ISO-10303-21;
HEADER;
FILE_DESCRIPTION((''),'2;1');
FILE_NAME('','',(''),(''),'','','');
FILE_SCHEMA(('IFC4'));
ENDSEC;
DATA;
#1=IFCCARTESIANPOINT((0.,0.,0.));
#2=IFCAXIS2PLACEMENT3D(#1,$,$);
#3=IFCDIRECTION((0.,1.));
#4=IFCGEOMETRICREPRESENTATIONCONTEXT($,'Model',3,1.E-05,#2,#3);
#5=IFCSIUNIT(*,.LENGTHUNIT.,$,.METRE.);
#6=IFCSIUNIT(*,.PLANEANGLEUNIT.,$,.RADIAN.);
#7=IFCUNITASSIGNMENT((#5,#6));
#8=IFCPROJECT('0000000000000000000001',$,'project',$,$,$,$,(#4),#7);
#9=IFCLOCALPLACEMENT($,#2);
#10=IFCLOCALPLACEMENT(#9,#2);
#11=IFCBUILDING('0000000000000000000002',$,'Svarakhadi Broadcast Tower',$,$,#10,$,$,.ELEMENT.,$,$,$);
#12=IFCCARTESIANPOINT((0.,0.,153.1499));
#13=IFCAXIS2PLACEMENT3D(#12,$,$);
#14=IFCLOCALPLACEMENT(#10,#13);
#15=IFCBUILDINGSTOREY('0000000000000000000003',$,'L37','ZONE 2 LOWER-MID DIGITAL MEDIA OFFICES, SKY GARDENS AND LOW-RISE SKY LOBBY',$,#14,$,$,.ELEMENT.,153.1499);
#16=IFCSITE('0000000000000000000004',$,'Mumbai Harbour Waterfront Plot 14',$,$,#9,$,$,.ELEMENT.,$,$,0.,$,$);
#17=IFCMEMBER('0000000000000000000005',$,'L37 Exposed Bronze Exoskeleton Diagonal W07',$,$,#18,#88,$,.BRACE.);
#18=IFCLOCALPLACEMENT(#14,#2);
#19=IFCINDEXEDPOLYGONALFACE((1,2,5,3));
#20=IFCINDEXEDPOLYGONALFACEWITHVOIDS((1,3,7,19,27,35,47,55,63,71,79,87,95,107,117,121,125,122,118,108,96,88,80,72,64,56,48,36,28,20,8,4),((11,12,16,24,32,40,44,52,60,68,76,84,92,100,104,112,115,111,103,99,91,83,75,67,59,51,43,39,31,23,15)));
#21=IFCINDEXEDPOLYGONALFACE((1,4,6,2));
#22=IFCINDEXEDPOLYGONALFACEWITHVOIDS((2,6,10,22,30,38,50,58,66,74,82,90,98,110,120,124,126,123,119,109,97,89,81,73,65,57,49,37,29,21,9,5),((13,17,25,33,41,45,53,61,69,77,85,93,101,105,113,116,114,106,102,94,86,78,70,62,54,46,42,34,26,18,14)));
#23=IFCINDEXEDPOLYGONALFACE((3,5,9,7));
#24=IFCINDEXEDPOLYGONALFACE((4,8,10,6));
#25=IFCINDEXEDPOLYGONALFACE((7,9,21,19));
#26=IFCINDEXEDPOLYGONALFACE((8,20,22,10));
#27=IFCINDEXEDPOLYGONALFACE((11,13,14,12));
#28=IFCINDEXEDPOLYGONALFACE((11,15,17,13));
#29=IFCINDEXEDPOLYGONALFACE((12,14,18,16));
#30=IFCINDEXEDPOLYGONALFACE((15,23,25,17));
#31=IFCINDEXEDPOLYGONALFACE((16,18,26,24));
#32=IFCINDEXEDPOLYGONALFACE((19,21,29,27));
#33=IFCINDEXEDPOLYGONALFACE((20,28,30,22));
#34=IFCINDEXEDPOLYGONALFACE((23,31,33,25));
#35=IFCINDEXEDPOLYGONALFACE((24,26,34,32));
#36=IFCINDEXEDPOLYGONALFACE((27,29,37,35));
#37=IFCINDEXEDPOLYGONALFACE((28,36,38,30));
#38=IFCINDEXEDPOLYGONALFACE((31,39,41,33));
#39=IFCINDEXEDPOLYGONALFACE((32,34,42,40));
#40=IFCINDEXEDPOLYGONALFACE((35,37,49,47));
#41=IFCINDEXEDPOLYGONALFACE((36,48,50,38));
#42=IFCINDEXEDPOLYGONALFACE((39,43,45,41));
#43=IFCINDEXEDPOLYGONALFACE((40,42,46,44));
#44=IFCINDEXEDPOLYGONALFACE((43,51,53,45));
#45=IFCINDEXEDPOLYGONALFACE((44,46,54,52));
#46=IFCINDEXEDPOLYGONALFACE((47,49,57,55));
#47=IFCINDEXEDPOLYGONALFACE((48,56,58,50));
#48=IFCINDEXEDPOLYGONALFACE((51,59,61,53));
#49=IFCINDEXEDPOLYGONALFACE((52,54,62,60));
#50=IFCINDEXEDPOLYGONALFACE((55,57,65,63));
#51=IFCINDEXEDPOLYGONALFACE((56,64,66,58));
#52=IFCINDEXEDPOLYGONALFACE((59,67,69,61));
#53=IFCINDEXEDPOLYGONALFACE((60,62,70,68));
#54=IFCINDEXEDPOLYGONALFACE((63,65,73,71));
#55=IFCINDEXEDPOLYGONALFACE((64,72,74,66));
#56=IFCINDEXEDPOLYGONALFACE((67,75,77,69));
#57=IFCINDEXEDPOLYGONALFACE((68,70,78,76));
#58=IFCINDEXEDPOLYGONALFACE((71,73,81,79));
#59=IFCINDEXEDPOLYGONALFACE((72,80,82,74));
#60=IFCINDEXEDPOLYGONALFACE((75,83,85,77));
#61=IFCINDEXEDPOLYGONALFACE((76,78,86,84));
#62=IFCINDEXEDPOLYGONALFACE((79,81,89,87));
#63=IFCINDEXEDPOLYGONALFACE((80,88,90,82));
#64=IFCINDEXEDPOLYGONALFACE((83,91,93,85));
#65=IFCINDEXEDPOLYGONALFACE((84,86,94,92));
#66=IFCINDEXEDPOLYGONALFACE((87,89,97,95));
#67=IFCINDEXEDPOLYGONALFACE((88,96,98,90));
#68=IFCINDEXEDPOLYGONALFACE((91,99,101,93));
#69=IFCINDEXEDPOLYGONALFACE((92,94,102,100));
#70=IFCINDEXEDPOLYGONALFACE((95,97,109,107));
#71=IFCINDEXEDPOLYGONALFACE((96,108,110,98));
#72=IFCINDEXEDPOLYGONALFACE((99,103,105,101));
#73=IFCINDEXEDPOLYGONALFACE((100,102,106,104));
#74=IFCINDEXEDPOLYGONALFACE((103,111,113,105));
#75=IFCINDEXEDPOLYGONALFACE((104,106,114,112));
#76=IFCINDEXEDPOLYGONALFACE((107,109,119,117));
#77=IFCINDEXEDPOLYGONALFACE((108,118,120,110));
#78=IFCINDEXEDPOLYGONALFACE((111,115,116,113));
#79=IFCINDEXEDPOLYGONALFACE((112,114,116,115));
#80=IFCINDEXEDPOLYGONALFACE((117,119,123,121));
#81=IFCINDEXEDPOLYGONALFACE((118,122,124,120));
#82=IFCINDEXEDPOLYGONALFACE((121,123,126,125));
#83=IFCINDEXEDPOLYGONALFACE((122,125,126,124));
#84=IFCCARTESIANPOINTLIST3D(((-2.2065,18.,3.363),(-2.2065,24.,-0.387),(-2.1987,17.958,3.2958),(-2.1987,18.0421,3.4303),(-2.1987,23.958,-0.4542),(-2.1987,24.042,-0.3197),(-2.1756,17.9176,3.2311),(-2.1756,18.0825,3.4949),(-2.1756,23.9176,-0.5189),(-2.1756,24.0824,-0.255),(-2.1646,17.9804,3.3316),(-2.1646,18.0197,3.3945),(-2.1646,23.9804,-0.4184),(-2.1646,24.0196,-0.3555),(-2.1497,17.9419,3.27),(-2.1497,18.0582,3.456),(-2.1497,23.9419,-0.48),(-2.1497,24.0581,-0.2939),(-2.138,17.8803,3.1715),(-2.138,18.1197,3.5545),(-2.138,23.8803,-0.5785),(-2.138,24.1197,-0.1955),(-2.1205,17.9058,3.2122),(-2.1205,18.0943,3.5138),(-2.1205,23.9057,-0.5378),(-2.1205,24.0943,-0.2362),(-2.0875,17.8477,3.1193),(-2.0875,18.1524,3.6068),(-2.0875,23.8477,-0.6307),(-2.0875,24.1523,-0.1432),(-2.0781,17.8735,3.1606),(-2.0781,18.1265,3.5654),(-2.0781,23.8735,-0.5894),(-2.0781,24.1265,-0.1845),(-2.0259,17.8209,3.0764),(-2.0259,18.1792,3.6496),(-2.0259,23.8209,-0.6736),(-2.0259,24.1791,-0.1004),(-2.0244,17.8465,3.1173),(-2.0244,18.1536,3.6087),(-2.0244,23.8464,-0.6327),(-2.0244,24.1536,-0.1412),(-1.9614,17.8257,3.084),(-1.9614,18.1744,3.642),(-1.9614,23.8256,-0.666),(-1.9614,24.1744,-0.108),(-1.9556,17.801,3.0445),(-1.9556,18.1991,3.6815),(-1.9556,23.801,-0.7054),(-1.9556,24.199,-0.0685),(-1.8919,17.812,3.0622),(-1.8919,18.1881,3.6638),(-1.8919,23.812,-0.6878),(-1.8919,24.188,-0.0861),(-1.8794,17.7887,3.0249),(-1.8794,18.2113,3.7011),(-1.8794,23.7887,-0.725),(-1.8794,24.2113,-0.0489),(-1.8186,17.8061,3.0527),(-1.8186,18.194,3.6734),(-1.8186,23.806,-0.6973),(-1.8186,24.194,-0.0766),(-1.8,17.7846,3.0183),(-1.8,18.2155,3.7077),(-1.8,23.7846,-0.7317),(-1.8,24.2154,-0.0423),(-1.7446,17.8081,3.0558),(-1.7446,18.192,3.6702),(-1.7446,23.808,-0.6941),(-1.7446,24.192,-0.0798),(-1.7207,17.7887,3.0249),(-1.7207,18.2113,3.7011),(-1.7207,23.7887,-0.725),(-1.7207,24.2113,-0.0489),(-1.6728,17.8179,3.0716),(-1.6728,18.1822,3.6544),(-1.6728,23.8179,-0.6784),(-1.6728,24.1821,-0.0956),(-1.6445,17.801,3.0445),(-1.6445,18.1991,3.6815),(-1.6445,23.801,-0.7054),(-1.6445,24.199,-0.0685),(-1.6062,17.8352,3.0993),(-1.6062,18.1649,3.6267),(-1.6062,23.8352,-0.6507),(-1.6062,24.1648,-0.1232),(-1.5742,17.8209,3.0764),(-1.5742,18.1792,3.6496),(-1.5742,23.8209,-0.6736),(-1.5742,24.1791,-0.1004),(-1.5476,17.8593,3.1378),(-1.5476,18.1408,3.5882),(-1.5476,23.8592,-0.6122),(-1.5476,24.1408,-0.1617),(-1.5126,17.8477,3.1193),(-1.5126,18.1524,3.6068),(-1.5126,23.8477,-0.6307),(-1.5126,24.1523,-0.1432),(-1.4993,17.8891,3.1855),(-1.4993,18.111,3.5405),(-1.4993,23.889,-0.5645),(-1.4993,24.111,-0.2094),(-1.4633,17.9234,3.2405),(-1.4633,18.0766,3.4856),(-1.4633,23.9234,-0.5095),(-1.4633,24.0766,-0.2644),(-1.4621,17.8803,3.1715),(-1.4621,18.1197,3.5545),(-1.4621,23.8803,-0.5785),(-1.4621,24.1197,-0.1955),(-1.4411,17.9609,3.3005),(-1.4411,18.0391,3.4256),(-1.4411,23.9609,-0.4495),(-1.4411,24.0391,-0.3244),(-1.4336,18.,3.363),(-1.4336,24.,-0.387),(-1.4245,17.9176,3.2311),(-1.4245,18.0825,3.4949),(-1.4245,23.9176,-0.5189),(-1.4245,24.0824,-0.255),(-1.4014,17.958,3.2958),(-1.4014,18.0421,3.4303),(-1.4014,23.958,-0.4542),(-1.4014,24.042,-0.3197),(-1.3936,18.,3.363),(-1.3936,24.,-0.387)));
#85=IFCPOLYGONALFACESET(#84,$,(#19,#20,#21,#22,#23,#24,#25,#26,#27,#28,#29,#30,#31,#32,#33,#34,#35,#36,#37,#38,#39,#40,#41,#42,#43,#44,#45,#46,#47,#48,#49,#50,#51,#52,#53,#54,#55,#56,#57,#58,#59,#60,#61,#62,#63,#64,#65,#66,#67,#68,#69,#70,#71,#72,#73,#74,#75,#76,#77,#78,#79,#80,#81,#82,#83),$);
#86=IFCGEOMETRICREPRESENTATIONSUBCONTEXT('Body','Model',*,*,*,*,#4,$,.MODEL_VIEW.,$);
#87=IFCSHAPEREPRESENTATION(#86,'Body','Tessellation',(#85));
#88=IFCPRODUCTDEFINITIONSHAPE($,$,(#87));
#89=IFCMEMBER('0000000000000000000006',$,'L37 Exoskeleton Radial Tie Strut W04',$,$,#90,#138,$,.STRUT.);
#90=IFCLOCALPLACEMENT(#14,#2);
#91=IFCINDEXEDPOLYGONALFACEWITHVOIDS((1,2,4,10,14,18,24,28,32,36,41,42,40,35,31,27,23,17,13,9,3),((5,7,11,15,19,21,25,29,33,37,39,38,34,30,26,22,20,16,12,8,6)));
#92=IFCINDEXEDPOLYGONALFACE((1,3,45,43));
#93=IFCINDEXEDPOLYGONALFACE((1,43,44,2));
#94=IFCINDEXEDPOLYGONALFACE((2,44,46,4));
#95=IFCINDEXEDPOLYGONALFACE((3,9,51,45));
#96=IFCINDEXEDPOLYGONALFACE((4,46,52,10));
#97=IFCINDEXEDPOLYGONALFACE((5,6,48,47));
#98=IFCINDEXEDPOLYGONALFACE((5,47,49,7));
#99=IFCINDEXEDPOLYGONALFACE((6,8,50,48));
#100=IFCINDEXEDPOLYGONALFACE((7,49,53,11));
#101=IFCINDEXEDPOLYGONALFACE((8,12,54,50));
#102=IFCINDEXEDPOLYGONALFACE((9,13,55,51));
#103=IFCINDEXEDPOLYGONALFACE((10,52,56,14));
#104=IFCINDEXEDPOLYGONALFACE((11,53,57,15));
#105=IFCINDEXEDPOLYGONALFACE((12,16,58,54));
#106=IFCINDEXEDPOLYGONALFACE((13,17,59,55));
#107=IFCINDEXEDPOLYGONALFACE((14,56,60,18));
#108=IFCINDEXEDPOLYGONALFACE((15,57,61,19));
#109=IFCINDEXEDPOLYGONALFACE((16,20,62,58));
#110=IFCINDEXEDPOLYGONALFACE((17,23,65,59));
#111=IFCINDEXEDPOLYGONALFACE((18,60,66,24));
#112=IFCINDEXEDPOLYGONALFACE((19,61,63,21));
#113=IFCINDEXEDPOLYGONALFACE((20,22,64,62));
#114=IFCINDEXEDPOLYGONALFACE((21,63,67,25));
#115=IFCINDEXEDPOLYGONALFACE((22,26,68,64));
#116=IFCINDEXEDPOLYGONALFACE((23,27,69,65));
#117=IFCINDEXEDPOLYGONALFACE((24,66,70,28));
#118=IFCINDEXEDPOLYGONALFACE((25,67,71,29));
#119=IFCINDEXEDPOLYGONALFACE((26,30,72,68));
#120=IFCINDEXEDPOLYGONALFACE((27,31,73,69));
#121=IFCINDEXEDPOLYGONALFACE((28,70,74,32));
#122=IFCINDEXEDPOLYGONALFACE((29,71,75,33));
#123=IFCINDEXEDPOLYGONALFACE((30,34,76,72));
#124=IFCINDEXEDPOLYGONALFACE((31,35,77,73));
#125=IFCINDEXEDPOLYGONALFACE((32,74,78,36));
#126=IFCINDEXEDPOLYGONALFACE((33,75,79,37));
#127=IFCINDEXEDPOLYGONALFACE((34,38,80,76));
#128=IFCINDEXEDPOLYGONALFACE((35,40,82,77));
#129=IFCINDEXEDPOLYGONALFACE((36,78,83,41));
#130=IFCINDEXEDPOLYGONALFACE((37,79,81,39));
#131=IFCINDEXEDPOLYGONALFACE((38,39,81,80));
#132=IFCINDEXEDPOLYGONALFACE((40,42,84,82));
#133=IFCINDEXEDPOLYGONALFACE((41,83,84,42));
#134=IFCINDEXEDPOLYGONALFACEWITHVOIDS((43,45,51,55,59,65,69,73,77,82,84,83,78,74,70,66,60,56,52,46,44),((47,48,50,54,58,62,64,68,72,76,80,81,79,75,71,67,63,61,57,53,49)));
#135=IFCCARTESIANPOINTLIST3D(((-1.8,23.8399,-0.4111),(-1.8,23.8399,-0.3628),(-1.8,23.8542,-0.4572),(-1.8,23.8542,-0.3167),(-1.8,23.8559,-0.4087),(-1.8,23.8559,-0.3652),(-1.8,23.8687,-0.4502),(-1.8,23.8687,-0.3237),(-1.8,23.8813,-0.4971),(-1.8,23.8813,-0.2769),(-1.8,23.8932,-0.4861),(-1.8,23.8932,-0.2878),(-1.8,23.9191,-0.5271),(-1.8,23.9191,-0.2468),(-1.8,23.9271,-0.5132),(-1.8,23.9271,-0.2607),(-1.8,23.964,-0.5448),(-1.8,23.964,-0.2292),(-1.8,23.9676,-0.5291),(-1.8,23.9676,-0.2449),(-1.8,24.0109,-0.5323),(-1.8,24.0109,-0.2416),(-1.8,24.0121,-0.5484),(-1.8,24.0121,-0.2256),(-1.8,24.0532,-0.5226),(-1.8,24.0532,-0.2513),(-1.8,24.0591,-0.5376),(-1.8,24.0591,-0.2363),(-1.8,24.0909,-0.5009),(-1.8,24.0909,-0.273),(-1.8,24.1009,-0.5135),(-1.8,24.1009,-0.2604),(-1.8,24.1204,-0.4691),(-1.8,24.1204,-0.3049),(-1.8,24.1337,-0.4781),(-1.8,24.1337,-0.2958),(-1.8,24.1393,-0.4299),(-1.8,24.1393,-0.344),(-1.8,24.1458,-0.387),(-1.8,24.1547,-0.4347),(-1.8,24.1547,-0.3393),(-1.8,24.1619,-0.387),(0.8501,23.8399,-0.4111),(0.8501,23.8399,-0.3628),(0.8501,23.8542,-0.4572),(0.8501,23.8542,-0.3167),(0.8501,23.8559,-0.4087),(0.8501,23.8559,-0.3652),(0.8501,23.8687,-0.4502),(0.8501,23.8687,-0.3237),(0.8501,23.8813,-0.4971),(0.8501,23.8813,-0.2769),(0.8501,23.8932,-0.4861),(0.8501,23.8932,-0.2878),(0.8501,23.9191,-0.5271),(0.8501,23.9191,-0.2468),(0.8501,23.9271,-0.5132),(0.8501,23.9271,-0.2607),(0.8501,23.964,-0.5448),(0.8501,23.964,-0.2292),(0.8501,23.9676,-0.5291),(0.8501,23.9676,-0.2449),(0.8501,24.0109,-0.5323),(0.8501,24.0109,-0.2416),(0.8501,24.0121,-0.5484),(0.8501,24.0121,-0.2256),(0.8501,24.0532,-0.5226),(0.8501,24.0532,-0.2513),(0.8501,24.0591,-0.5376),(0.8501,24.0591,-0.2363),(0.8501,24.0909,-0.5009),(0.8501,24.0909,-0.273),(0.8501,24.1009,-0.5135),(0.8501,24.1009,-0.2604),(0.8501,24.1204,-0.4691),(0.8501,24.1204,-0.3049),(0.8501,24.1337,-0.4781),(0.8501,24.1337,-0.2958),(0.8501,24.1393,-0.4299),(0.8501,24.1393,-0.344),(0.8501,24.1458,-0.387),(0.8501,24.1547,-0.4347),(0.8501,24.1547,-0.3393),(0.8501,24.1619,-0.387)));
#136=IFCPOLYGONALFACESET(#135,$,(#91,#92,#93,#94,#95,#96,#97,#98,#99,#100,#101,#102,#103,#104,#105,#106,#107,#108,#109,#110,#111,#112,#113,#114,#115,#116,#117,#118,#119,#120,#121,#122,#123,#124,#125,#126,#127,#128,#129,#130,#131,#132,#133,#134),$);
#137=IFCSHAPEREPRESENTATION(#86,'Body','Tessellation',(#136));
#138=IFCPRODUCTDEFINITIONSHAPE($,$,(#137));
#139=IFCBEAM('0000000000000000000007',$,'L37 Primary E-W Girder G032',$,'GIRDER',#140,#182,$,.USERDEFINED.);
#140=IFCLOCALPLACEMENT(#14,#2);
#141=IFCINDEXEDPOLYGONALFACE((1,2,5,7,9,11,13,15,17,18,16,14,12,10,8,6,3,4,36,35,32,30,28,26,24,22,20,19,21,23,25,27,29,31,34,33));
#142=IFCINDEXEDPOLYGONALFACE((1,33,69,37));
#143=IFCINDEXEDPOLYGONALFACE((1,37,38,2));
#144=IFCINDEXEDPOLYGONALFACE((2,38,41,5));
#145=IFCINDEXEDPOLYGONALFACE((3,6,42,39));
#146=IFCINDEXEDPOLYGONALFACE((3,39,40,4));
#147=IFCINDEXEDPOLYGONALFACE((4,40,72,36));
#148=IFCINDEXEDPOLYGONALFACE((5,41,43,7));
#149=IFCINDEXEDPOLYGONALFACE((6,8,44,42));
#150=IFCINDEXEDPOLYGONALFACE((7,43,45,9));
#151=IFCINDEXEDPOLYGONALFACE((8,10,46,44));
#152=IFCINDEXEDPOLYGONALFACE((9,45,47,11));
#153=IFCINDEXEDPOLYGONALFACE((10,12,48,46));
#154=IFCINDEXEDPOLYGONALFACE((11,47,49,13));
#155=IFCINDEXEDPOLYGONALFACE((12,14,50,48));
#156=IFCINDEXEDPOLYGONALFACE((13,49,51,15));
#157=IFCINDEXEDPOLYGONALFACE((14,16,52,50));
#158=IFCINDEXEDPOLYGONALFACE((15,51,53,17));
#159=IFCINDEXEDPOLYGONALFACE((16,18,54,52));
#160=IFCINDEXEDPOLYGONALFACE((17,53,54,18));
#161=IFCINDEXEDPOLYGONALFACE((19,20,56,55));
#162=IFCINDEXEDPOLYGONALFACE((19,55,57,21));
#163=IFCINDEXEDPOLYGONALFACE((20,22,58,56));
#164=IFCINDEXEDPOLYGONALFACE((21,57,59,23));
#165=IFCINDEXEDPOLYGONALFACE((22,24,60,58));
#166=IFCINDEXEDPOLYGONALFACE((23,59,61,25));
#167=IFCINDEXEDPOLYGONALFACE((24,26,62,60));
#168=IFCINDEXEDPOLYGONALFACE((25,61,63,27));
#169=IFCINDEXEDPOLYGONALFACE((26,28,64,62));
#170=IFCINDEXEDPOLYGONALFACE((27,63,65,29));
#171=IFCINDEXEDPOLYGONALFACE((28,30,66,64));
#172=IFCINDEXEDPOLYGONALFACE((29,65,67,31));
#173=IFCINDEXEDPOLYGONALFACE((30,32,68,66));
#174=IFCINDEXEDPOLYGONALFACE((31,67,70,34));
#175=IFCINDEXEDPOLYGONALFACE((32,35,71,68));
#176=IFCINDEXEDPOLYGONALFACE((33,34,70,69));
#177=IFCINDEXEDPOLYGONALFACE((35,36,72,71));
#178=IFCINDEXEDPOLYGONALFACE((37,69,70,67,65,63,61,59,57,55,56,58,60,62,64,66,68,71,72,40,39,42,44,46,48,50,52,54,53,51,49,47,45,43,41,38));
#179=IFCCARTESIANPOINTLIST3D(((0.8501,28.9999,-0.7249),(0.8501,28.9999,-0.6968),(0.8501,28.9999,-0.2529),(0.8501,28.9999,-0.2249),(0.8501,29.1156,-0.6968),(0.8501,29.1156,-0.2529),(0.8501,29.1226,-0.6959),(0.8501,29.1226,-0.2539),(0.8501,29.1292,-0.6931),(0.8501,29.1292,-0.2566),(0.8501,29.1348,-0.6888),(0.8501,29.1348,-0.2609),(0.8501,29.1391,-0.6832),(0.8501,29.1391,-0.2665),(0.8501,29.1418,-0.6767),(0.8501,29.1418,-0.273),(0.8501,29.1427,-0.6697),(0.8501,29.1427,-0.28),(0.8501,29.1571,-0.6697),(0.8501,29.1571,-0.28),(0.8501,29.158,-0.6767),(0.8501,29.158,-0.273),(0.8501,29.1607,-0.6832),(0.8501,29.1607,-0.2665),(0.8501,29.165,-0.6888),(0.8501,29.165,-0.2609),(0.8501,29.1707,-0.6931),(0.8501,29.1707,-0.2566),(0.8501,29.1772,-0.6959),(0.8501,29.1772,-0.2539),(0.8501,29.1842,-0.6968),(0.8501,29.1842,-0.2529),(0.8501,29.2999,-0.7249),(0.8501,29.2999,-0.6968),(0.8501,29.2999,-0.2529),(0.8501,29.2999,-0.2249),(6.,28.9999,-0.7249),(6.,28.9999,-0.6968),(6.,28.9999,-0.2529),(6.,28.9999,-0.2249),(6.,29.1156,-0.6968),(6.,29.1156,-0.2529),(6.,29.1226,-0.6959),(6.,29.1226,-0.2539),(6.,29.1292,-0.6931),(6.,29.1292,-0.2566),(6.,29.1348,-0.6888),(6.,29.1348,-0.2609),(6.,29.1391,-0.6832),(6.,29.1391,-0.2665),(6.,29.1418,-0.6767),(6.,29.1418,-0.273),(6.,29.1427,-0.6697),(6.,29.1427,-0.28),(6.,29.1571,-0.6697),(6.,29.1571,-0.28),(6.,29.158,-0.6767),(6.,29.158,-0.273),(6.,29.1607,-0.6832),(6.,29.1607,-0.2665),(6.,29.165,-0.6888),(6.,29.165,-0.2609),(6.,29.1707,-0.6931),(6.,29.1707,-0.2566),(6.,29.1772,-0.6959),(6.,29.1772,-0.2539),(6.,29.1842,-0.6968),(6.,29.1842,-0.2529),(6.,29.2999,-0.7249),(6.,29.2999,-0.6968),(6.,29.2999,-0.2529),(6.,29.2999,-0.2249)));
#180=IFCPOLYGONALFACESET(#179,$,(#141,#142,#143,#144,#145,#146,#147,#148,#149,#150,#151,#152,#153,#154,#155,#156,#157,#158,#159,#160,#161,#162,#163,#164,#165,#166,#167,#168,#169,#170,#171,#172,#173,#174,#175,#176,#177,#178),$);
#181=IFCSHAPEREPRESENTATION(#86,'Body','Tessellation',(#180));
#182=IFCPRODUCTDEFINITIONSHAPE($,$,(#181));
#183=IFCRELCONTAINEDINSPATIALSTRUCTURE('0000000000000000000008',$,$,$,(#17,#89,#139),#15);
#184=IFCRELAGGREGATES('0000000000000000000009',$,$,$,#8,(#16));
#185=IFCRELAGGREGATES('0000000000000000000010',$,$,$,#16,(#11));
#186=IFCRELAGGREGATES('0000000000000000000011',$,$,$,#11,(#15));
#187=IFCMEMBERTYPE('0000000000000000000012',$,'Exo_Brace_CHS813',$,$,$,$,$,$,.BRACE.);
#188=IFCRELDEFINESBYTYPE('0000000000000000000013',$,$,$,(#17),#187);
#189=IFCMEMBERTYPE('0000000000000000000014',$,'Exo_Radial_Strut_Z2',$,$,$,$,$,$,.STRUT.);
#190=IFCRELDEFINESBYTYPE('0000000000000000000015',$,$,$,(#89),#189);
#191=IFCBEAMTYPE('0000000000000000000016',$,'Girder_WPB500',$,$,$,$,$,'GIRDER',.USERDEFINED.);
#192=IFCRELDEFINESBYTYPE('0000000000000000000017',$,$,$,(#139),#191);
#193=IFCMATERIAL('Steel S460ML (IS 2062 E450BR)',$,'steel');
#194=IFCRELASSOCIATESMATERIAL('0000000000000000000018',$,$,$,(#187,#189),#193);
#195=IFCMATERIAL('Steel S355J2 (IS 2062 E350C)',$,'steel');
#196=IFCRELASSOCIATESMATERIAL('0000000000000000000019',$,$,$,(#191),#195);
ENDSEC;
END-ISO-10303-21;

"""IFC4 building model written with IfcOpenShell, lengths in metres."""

from ifc_helpers import new_model, si_unit, direction, frame, origin, origin_2d, place, context, subcontext, project, spatial, hollow_circle, i_section, extrude, material, material_profile, profile_set, type_object, element, save


model = new_model("IFC4")

# Units and contexts
model_context = context("Model", 3, precision=1e-05, world=origin(), true_north=direction((0.0, 1.0)))
body_context = subcontext(model_context, "Body", "Model", "MODEL_VIEW")
ifc_project = project(units=[si_unit("LENGTHUNIT", "METRE"), si_unit("PLANEANGLEUNIT", "RADIAN")], contexts=[model_context])

# Site, building, storey
site_placement = place(None, origin())
site = spatial("IfcSite", under=ifc_project, at=site_placement, Name="Mumbai Harbour Waterfront Plot 14", CompositionType="ELEMENT", RefElevation=0.0)
building_placement = place(site_placement, origin())
building = spatial("IfcBuilding", under=site, at=building_placement, Name="Svarakhadi Broadcast Tower", CompositionType="ELEMENT")
storey_placement = place(building_placement, frame((0.0, 0.0, 153.1499)))
storey = spatial("IfcBuildingStorey", under=building, at=storey_placement, Name="L37", Description="ZONE 2 LOWER-MID DIGITAL MEDIA OFFICES, SKY GARDENS AND LOW-RISE SKY LOBBY", CompositionType="ELEMENT", Elevation=153.1499)

# Shared definitions
ifc_material_1 = material(Name="Steel S460ML (IS 2062 E450BR)", Category="steel")

# Shared definitions
ifc_material_2 = material(Name="Steel S355J2 (IS 2062 E350C)", Category="steel")

# Members
ifc_material_profile_1 = material_profile(ifc_material_1, hollow_circle(Radius=0.4065, WallThickness=0.04, at=origin_2d()), Name="CHS 813x40")
ifc_profile_set_1 = profile_set([ifc_material_profile_1], Name="Steel S460ML (IS 2062 E450BR)")
member_type_1 = type_object("IfcMemberType", Name="Exo_Brace_CHS813", PredefinedType="BRACE", material=ifc_profile_set_1)
member_1_placement = place(storey_placement, frame((-1.8, 24.0, -0.387), z_axis=(0.0, -0.847998, 0.529999), x_axis=(1.0, 0.0, 0.0)))
element("IfcMember", 1, at=member_1_placement, inside=storey, type_object=member_type_1, Name="L37 Exposed Bronze Exoskeleton Diagonal W07", PredefinedType="BRACE", context=body_context, shape_type="SweptSolid", body=[
    extrude(hollow_circle(Radius=0.4065, WallThickness=0.04, at=origin_2d()), origin(), (0.0, 0.0, 1.0), 7.0754),
])
ifc_material_profile_2 = material_profile(ifc_material_1, hollow_circle(Radius=0.1619, WallThickness=0.0161, at=origin_2d()), Name="CHS 323.9x16")
ifc_profile_set_2 = profile_set([ifc_material_profile_2], Name="Steel S460ML (IS 2062 E450BR)")
member_type_2 = type_object("IfcMemberType", Name="Exo_Radial_Strut_Z2", PredefinedType="STRUT", material=ifc_profile_set_2)
member_2_placement = place(storey_placement, frame((-1.8, 24.0, -0.387), z_axis=(1.0, 0.0, 0.0), x_axis=(0.0, 1.0, 0.0)))
element("IfcMember", 2, at=member_2_placement, inside=storey, type_object=member_type_2, Name="L37 Exoskeleton Radial Tie Strut W04", PredefinedType="STRUT", context=body_context, shape_type="SweptSolid", body=[
    extrude(hollow_circle(Radius=0.1619, WallThickness=0.0161, at=origin_2d()), origin(), (0.0, 0.0, 1.0), 2.6501),
])

# Beam
ifc_material_profile_3 = material_profile(ifc_material_2, i_section(OverallWidth=0.3, OverallDepth=0.5, WebThickness=0.0144, FlangeThickness=0.0281, FilletRadius=0.0271, at=origin_2d()), Name="WPB 500x300x187")
ifc_profile_set_3 = profile_set([ifc_material_profile_3], Name="Steel S355J2 (IS 2062 E350C)")
beam_type_1 = type_object("IfcBeamType", Name="Girder_WPB500", ElementType="GIRDER", PredefinedType="USERDEFINED", material=ifc_profile_set_3)
for number, where, z_axis, x_axis, name in (
    (3, (0.8501, 29.1499, -0.4749), (1.0, 0.0, 0.0), (0.0, 1.0, 0.0), "L37 Primary E-W Girder G032"),
):
    element("IfcBeam", number, at=place(storey_placement, frame(where, z_axis=z_axis, x_axis=x_axis)), inside=storey, type_object=beam_type_1, Name=name, ObjectType="GIRDER", PredefinedType="USERDEFINED", context=body_context, shape_type="SweptSolid", body=[
        extrude(i_section(OverallWidth=0.3, OverallDepth=0.5, WebThickness=0.0144, FlangeThickness=0.0281, FilletRadius=0.0271, at=origin_2d()), origin(), (0.0, 0.0, 1.0), 5.1499),
    ])

save(model, "model.ifc")
